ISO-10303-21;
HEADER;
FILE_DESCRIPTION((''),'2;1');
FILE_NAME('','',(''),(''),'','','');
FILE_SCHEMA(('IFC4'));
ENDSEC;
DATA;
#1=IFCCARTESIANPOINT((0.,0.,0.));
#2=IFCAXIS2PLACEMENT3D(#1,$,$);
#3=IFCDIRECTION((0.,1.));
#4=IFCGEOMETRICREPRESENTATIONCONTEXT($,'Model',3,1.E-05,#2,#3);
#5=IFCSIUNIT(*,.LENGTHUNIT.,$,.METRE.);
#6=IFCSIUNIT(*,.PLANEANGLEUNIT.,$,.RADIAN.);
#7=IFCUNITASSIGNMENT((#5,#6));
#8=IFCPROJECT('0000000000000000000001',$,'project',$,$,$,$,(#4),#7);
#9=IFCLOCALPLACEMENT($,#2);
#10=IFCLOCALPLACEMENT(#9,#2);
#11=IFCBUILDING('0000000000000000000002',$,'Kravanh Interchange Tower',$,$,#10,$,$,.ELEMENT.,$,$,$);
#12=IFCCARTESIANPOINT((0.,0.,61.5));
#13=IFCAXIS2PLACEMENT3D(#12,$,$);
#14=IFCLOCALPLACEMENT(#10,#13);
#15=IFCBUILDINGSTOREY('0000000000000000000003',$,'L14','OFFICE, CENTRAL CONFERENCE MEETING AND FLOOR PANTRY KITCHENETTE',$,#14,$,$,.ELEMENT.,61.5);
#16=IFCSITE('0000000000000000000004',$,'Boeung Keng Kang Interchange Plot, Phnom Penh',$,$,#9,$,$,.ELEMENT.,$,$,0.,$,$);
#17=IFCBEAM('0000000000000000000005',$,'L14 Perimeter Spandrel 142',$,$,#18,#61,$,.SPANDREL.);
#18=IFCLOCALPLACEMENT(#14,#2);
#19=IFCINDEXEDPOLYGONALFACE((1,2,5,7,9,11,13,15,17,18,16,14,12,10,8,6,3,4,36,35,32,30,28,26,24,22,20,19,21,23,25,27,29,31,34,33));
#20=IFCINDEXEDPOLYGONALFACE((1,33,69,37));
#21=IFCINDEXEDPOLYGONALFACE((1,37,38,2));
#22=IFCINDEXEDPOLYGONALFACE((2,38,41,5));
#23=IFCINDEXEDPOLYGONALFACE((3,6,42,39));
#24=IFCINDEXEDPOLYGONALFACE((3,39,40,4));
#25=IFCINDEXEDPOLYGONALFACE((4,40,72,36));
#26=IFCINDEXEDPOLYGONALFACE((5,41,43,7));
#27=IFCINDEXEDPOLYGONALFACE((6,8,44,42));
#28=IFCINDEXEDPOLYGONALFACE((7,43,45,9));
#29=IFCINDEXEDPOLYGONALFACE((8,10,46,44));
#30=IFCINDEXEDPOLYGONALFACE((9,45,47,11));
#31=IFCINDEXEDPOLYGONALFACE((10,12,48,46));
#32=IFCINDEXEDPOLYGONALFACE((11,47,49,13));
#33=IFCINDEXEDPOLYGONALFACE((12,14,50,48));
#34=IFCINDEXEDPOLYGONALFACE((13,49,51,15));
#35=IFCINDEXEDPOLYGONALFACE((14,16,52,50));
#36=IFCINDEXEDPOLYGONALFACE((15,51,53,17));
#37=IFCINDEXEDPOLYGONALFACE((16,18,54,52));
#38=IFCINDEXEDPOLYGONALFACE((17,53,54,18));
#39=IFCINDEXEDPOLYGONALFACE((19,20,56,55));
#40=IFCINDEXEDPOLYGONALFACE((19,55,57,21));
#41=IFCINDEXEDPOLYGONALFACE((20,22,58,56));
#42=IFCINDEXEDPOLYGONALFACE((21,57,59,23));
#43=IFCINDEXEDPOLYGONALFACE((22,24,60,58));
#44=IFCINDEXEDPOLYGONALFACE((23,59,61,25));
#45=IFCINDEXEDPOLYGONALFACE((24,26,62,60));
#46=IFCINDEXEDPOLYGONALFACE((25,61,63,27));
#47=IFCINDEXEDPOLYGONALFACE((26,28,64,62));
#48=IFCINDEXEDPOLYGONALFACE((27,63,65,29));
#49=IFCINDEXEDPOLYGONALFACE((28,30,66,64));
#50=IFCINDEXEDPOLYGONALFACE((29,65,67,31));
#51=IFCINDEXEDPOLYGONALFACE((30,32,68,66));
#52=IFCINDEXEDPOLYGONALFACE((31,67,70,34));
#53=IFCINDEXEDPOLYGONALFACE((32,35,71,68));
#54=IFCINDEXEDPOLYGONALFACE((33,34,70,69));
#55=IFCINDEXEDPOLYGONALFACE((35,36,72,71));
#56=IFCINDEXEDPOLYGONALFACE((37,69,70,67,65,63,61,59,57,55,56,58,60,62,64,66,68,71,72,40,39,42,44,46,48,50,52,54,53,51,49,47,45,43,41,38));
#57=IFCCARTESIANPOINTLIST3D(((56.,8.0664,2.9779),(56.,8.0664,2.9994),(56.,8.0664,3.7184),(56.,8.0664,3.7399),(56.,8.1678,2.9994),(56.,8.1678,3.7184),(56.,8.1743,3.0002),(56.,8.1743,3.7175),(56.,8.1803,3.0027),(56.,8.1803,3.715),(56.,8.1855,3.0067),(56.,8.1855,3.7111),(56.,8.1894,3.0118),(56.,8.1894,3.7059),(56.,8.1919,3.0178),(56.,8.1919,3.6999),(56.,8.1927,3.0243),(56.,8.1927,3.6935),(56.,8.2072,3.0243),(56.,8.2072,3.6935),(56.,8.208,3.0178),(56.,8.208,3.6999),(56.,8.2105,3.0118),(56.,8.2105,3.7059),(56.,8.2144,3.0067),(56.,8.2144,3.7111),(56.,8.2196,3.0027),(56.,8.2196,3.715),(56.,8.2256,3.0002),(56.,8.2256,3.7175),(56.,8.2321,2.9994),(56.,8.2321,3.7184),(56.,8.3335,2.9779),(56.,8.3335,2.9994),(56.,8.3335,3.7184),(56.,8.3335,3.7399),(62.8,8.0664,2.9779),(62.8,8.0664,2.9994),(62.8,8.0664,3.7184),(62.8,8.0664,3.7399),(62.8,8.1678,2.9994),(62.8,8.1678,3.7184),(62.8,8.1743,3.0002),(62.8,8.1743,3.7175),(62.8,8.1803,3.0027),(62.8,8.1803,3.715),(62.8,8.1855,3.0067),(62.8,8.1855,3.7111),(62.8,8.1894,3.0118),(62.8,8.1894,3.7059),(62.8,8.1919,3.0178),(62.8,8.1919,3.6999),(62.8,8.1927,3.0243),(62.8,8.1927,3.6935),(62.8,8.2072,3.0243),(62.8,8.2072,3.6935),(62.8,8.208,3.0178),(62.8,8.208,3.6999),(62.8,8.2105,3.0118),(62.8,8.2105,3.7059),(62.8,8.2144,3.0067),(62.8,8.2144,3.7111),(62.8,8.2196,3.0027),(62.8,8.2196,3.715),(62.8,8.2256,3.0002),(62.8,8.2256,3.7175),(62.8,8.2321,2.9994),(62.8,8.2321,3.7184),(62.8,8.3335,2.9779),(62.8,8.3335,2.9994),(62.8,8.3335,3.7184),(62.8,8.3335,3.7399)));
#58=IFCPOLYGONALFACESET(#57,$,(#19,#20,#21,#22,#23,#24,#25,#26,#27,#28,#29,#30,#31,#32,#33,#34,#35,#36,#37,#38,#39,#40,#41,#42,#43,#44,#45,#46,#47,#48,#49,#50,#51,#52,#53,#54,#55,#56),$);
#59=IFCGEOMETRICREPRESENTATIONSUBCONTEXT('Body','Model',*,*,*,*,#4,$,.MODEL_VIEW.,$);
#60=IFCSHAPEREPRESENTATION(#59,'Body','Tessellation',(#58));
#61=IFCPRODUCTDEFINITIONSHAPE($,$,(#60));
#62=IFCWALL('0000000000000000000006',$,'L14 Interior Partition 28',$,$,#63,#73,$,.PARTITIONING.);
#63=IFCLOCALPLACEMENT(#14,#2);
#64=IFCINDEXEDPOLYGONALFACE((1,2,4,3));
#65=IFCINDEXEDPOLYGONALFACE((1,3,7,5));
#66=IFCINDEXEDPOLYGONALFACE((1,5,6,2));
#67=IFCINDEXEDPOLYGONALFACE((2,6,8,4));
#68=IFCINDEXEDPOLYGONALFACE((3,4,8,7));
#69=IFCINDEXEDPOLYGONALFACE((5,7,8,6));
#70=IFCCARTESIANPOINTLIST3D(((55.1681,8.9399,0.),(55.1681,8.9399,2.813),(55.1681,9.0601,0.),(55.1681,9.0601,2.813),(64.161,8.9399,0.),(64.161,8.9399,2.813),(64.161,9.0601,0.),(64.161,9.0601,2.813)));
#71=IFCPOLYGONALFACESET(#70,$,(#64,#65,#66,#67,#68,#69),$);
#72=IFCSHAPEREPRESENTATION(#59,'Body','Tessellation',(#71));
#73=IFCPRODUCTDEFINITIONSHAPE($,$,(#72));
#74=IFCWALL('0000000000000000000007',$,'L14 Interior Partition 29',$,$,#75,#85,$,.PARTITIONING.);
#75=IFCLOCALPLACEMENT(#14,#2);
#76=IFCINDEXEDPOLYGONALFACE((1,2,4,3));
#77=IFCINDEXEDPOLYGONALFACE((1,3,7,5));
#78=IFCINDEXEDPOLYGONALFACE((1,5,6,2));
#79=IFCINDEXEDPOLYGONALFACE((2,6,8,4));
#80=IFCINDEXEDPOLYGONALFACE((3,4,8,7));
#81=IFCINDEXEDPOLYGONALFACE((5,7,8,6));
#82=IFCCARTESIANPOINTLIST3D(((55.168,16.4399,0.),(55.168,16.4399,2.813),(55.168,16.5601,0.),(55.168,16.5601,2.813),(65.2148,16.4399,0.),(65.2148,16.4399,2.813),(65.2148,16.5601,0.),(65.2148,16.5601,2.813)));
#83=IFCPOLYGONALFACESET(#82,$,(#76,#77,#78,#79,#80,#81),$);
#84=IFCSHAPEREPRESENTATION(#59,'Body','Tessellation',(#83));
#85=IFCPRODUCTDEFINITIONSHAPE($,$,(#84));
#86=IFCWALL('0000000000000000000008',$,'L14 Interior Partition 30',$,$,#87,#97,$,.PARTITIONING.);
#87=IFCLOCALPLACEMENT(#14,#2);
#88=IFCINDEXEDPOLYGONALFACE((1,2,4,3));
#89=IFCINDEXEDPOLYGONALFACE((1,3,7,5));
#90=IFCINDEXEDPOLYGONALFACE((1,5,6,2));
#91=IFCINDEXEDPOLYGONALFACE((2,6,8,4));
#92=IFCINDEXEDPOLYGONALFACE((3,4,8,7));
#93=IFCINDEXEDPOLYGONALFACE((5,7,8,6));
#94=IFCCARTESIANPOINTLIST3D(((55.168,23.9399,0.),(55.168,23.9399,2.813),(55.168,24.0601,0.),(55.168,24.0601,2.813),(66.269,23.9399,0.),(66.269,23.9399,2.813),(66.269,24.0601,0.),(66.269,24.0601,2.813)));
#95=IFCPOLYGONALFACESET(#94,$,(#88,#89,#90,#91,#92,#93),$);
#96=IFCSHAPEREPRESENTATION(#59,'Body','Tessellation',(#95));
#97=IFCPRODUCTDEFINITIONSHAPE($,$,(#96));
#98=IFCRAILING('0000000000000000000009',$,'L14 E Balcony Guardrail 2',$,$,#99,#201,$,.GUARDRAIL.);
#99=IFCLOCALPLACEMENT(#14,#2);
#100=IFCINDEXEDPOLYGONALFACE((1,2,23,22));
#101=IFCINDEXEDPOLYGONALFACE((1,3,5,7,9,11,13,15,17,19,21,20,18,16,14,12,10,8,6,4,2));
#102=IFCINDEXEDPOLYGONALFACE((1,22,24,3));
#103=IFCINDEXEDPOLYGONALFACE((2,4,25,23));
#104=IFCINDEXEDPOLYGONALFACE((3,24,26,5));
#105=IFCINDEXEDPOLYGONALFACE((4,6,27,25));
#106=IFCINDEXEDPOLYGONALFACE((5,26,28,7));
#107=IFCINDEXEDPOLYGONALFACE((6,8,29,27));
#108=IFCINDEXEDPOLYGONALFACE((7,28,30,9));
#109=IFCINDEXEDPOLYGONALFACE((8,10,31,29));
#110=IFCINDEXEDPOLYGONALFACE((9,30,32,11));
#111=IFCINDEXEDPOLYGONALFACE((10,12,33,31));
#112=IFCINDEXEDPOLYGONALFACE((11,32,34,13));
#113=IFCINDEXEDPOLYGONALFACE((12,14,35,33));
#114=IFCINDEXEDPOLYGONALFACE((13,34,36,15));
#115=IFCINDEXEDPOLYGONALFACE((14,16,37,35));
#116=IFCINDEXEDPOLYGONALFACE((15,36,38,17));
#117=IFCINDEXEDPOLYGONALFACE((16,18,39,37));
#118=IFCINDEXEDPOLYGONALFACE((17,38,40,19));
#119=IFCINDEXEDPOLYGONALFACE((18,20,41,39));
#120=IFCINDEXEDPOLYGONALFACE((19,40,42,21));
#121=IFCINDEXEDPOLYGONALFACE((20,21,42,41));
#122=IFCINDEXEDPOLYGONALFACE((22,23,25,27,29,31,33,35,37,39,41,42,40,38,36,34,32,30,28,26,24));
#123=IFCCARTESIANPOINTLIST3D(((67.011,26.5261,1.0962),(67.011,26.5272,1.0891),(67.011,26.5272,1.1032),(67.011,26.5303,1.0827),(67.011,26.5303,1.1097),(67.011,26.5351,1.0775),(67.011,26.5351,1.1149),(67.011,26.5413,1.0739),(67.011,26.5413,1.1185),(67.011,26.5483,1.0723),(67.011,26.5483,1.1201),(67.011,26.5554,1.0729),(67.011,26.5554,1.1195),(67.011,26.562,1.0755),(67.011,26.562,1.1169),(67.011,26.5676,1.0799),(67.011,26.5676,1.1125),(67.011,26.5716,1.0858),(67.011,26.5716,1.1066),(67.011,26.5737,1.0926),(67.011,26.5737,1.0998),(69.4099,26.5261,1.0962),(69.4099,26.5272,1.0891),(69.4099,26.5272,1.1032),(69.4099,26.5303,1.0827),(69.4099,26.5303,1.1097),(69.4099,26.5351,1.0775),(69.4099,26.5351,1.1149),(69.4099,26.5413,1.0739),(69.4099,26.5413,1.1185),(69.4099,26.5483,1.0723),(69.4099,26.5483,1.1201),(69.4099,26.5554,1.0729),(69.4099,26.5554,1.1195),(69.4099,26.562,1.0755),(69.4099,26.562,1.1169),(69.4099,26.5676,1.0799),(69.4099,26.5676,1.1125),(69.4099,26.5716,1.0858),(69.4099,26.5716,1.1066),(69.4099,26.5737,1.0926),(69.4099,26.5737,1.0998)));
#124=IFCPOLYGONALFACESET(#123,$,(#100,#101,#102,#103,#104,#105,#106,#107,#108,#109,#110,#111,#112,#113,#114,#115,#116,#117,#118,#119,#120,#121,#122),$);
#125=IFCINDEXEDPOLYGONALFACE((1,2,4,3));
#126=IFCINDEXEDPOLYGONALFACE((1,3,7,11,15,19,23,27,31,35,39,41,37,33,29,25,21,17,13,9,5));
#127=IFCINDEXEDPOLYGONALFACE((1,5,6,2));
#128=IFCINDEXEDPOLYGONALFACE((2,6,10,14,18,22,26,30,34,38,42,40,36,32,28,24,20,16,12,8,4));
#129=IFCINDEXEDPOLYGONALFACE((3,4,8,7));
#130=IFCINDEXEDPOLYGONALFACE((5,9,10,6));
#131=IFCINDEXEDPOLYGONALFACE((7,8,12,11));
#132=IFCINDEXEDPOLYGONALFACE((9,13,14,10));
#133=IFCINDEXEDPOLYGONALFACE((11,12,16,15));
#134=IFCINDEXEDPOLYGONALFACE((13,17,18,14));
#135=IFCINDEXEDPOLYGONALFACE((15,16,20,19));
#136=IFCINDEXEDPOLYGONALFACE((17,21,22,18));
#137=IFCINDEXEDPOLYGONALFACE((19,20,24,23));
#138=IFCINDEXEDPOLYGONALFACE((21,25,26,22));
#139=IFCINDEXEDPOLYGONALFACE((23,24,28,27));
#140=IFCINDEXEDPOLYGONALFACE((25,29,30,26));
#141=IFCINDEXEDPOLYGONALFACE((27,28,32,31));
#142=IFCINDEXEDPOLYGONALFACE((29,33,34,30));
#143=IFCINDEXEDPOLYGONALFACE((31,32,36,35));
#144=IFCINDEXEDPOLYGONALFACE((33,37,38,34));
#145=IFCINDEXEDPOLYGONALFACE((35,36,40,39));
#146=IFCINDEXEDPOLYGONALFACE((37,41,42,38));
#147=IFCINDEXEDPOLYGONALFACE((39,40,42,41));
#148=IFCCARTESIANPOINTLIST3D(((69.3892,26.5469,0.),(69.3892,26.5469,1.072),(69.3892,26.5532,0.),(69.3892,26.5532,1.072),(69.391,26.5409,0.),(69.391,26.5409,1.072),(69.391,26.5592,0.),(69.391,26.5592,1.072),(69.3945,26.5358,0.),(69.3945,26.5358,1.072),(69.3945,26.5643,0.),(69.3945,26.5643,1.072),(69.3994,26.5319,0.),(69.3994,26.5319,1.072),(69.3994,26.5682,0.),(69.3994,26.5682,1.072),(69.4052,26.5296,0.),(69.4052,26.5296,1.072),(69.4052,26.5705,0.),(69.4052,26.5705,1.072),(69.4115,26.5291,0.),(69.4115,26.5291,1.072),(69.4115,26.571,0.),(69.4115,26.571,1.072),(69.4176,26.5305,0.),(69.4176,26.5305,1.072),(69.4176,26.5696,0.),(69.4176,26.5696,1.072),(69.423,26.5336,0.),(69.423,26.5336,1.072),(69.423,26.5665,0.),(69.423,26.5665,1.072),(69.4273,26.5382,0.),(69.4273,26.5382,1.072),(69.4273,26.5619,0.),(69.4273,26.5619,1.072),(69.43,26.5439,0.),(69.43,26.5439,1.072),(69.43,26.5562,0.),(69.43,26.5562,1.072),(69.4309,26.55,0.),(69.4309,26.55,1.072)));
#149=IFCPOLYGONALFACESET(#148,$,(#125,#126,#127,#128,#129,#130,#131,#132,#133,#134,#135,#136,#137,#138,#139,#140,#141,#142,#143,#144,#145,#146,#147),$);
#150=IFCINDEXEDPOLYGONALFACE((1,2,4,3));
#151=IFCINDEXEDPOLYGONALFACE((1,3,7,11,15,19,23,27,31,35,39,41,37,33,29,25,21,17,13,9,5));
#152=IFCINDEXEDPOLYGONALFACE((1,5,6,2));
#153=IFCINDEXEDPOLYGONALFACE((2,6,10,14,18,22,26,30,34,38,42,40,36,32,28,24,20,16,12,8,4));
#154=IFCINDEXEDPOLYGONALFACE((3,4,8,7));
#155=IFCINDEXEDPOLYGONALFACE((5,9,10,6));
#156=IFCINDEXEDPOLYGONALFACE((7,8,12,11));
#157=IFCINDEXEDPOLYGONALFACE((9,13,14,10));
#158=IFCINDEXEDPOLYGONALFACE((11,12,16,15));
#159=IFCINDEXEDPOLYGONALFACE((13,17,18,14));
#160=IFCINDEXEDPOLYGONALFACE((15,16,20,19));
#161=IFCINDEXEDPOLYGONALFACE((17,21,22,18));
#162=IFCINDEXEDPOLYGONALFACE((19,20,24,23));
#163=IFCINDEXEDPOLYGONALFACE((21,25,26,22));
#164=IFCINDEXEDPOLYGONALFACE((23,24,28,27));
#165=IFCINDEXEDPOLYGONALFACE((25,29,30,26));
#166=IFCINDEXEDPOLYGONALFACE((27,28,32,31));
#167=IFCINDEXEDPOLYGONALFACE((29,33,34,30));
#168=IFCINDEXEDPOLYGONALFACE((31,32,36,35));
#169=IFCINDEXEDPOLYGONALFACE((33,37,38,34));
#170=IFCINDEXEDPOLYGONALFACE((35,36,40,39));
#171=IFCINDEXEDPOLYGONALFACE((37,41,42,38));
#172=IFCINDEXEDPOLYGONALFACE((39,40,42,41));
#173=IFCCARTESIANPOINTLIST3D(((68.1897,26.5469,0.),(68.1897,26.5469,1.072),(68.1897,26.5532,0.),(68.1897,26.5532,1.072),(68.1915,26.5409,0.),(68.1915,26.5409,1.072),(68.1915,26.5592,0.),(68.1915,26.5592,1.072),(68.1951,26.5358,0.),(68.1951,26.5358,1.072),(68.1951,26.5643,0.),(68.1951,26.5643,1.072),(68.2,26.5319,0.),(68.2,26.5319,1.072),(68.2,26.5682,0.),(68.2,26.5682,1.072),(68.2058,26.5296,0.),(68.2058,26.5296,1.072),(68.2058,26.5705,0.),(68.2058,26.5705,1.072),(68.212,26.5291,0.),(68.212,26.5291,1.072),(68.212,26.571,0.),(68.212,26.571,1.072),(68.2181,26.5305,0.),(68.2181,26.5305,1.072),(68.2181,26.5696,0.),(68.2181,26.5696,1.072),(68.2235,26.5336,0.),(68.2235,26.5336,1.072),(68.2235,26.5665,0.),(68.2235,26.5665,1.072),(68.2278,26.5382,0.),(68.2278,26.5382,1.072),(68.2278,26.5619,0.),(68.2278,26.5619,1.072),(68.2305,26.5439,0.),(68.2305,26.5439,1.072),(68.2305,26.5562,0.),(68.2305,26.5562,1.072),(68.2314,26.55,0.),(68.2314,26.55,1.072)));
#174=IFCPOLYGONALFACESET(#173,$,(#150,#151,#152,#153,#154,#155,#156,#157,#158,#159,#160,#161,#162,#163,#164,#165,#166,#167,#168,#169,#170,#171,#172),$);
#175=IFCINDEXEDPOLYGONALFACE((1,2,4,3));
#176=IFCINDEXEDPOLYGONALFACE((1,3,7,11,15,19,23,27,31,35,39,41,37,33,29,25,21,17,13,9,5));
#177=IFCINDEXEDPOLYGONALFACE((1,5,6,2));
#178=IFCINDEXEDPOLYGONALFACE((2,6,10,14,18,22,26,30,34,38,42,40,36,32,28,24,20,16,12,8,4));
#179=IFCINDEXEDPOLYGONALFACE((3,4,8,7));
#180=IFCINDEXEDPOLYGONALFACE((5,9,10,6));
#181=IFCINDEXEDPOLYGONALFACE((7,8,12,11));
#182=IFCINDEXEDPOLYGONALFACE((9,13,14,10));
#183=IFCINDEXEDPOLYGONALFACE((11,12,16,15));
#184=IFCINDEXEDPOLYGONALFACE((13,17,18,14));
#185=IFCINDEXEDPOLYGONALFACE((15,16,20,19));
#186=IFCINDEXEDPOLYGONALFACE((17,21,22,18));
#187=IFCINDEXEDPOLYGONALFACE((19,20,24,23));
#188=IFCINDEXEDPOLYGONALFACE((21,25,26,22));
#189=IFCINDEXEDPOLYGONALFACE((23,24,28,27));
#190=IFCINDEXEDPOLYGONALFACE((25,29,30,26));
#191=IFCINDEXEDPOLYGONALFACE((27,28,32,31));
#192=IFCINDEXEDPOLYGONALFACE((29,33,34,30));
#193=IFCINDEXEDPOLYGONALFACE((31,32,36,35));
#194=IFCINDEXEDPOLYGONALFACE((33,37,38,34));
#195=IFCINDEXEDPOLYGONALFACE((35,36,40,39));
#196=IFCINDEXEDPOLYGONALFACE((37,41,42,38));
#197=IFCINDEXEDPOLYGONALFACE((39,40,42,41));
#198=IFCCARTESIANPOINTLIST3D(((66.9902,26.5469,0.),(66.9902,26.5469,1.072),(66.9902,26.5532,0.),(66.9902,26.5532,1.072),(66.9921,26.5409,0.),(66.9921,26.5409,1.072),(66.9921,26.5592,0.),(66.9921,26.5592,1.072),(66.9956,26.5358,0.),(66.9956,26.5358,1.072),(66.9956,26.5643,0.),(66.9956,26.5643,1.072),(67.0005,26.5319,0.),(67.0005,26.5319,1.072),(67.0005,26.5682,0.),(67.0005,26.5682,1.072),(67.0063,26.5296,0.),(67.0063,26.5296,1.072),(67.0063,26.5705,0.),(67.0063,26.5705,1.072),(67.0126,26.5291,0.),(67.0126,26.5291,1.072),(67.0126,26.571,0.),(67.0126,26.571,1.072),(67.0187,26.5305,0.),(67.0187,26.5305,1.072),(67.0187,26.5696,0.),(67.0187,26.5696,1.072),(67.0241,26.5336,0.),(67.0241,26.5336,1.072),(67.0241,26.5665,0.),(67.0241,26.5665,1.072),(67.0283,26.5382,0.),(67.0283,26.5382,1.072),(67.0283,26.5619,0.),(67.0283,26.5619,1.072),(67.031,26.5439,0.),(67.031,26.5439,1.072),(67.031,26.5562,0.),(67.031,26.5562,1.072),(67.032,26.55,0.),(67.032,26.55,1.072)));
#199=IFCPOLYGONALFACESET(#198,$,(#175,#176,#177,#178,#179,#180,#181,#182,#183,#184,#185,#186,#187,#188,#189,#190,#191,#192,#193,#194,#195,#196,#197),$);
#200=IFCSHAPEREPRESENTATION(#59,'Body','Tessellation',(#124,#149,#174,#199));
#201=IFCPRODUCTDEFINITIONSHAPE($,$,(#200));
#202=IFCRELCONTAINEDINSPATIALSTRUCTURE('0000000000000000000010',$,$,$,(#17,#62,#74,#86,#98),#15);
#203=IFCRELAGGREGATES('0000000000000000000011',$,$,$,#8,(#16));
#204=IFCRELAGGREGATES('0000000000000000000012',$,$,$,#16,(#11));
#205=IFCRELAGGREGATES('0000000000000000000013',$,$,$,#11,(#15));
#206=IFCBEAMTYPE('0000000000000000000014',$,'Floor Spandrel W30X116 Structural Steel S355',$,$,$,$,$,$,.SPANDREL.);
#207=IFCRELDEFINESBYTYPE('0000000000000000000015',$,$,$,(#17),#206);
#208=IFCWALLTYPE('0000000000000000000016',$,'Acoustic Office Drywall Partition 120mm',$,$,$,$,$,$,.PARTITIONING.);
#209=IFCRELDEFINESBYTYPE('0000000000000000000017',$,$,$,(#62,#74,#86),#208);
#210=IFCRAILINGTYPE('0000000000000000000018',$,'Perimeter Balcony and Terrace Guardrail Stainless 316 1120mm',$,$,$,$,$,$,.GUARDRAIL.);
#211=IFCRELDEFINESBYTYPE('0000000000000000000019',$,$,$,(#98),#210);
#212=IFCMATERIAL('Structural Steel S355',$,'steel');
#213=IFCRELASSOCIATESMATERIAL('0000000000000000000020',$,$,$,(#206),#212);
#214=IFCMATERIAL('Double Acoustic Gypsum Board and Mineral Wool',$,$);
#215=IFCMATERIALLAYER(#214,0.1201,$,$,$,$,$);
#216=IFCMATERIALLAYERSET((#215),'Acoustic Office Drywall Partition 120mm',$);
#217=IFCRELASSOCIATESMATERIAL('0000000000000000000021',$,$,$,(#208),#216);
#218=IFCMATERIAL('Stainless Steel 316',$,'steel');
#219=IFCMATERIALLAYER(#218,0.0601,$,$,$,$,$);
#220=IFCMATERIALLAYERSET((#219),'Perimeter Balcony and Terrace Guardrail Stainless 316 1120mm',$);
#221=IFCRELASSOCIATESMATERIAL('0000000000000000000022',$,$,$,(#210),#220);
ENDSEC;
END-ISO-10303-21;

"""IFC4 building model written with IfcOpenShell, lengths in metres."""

from ifc_helpers import new_model, si_unit, direction, frame, frame_2d, origin, origin_2d, place, context, subcontext, project, spatial, rectangle, circle, i_section, extrude, material, layer, layer_set, material_profile, profile_set, type_object, element, save


model = new_model("IFC4")

# Units and contexts
model_context = context("Model", 3, precision=1e-05, world=origin(), true_north=direction((0.0, 1.0)))
body_context = subcontext(model_context, "Body", "Model", "MODEL_VIEW")
ifc_project = project(units=[si_unit("LENGTHUNIT", "METRE"), si_unit("PLANEANGLEUNIT", "RADIAN")], contexts=[model_context])

# Site, building, storey
site_placement = place(None, origin())
site = spatial("IfcSite", under=ifc_project, at=site_placement, Name="Boeung Keng Kang Interchange Plot, Phnom Penh", CompositionType="ELEMENT", RefElevation=0.0)
building_placement = place(site_placement, origin())
building = spatial("IfcBuilding", under=site, at=building_placement, Name="Kravanh Interchange Tower", CompositionType="ELEMENT")
storey_placement = place(building_placement, frame((0.0, 0.0, 61.5)))
storey = spatial("IfcBuildingStorey", under=building, at=storey_placement, Name="L14", Description="OFFICE, CENTRAL CONFERENCE MEETING AND FLOOR PANTRY KITCHENETTE", CompositionType="ELEMENT", Elevation=61.5)

# Beam
ifc_material_1 = material(Name="Structural Steel S355", Category="steel")
ifc_material_profile_1 = material_profile(ifc_material_1, i_section(OverallWidth=0.2671, OverallDepth=0.762, WebThickness=0.0144, FlangeThickness=0.0215, FilletRadius=0.0249, at=origin_2d()), Name="W30X116")
ifc_profile_set_1 = profile_set([ifc_material_profile_1], Name="Structural Steel S355")
beam_type_1 = type_object("IfcBeamType", Name="Floor Spandrel W30X116 Structural Steel S355", PredefinedType="SPANDREL", material=ifc_profile_set_1)
beam_1_placement = place(storey_placement, frame((56.0, 8.2, 3.3589), z_axis=(1.0, 0.0, 0.0), x_axis=(0.0, 1.0, 0.0)))
element("IfcBeam", 1, at=beam_1_placement, inside=storey, type_object=beam_type_1, Name="L14 Perimeter Spandrel 142", PredefinedType="SPANDREL", context=body_context, shape_type="SweptSolid", body=[
    extrude(i_section(OverallWidth=0.2671, OverallDepth=0.762, WebThickness=0.0144, FlangeThickness=0.0215, FilletRadius=0.0249, at=origin_2d()), origin(), (0.0, 0.0, 1.0), 6.8),
])

# Walls
ifc_material_2 = material(Name="Double Acoustic Gypsum Board and Mineral Wool")
ifc_layer_1 = layer(ifc_material_2, 0.1201)
ifc_layer_set_1 = layer_set([ifc_layer_1], Name="Acoustic Office Drywall Partition 120mm")
wall_type = type_object("IfcWallType", Name="Acoustic Office Drywall Partition 120mm", PredefinedType="PARTITIONING", material=ifc_layer_set_1)
wall_1_placement = place(storey_placement, frame((55.168, 9.0, 0.0), z_axis=(0.0, 0.0, 1.0), x_axis=(1.0, 0.0, 0.0)))
element("IfcWall", 2, at=wall_1_placement, inside=storey, type_object=wall_type, Name="L14 Interior Partition 28", PredefinedType="PARTITIONING", context=body_context, shape_type="SweptSolid", body=[
    extrude(rectangle(XDim=8.9929, YDim=0.1201, at=frame_2d((4.4966, 0.0))), origin(), (0.0, 0.0, 1.0), 2.813),
])
wall_2_placement = place(storey_placement, frame((55.168, 16.5, 0.0), z_axis=(0.0, 0.0, 1.0), x_axis=(1.0, 0.0, 0.0)))
element("IfcWall", 3, at=wall_2_placement, inside=storey, type_object=wall_type, Name="L14 Interior Partition 29", PredefinedType="PARTITIONING", context=body_context, shape_type="SweptSolid", body=[
    extrude(rectangle(XDim=10.0469, YDim=0.1201, at=frame_2d((5.0234, 0.0))), origin(), (0.0, 0.0, 1.0), 2.813),
])
wall_3_placement = place(storey_placement, frame((55.168, 24.0, 0.0), z_axis=(0.0, 0.0, 1.0), x_axis=(1.0, 0.0, 0.0)))
element("IfcWall", 4, at=wall_3_placement, inside=storey, type_object=wall_type, Name="L14 Interior Partition 30", PredefinedType="PARTITIONING", context=body_context, shape_type="SweptSolid", body=[
    extrude(rectangle(XDim=11.1011, YDim=0.1201, at=frame_2d((5.5505, 0.0))), origin(), (0.0, 0.0, 1.0), 2.813),
])

# Railing
ifc_material_3 = material(Name="Stainless Steel 316", Category="steel")
ifc_layer_2 = layer(ifc_material_3, 0.0601)
ifc_layer_set_2 = layer_set([ifc_layer_2], Name="Perimeter Balcony and Terrace Guardrail Stainless 316 1120mm")
railing_type = type_object("IfcRailingType", Name="Perimeter Balcony and Terrace Guardrail Stainless 316 1120mm", PredefinedType="GUARDRAIL", material=ifc_layer_set_2)
railing_placement = place(storey_placement, frame((69.4099, 26.55, 0.0)))
element("IfcRailing", 5, at=railing_placement, inside=storey, type_object=railing_type, Name="L14 E Balcony Guardrail 2", PredefinedType="GUARDRAIL", context=body_context, shape_type="SweptSolid", body=[
    extrude(circle(Radius=0.0239, at=origin_2d()), frame((0.0, 0.0, 1.0962), z_axis=(-1.0, 0.0, 0.0), x_axis=(0.0, -1.0, 0.0)), (0.0, 0.0, 1.0), 2.3989),
    extrude(circle(Radius=0.021, at=origin_2d()), origin(), (0.0, 0.0, 1.0), 1.072),
    extrude(circle(Radius=0.021, at=origin_2d()), frame((-1.1995, 0.0, 0.0)), (0.0, 0.0, 1.0), 1.072),
    extrude(circle(Radius=0.021, at=origin_2d()), frame((-2.3989, 0.0, 0.0)), (0.0, 0.0, 1.0), 1.072),
])

save(model, "model.ifc")
